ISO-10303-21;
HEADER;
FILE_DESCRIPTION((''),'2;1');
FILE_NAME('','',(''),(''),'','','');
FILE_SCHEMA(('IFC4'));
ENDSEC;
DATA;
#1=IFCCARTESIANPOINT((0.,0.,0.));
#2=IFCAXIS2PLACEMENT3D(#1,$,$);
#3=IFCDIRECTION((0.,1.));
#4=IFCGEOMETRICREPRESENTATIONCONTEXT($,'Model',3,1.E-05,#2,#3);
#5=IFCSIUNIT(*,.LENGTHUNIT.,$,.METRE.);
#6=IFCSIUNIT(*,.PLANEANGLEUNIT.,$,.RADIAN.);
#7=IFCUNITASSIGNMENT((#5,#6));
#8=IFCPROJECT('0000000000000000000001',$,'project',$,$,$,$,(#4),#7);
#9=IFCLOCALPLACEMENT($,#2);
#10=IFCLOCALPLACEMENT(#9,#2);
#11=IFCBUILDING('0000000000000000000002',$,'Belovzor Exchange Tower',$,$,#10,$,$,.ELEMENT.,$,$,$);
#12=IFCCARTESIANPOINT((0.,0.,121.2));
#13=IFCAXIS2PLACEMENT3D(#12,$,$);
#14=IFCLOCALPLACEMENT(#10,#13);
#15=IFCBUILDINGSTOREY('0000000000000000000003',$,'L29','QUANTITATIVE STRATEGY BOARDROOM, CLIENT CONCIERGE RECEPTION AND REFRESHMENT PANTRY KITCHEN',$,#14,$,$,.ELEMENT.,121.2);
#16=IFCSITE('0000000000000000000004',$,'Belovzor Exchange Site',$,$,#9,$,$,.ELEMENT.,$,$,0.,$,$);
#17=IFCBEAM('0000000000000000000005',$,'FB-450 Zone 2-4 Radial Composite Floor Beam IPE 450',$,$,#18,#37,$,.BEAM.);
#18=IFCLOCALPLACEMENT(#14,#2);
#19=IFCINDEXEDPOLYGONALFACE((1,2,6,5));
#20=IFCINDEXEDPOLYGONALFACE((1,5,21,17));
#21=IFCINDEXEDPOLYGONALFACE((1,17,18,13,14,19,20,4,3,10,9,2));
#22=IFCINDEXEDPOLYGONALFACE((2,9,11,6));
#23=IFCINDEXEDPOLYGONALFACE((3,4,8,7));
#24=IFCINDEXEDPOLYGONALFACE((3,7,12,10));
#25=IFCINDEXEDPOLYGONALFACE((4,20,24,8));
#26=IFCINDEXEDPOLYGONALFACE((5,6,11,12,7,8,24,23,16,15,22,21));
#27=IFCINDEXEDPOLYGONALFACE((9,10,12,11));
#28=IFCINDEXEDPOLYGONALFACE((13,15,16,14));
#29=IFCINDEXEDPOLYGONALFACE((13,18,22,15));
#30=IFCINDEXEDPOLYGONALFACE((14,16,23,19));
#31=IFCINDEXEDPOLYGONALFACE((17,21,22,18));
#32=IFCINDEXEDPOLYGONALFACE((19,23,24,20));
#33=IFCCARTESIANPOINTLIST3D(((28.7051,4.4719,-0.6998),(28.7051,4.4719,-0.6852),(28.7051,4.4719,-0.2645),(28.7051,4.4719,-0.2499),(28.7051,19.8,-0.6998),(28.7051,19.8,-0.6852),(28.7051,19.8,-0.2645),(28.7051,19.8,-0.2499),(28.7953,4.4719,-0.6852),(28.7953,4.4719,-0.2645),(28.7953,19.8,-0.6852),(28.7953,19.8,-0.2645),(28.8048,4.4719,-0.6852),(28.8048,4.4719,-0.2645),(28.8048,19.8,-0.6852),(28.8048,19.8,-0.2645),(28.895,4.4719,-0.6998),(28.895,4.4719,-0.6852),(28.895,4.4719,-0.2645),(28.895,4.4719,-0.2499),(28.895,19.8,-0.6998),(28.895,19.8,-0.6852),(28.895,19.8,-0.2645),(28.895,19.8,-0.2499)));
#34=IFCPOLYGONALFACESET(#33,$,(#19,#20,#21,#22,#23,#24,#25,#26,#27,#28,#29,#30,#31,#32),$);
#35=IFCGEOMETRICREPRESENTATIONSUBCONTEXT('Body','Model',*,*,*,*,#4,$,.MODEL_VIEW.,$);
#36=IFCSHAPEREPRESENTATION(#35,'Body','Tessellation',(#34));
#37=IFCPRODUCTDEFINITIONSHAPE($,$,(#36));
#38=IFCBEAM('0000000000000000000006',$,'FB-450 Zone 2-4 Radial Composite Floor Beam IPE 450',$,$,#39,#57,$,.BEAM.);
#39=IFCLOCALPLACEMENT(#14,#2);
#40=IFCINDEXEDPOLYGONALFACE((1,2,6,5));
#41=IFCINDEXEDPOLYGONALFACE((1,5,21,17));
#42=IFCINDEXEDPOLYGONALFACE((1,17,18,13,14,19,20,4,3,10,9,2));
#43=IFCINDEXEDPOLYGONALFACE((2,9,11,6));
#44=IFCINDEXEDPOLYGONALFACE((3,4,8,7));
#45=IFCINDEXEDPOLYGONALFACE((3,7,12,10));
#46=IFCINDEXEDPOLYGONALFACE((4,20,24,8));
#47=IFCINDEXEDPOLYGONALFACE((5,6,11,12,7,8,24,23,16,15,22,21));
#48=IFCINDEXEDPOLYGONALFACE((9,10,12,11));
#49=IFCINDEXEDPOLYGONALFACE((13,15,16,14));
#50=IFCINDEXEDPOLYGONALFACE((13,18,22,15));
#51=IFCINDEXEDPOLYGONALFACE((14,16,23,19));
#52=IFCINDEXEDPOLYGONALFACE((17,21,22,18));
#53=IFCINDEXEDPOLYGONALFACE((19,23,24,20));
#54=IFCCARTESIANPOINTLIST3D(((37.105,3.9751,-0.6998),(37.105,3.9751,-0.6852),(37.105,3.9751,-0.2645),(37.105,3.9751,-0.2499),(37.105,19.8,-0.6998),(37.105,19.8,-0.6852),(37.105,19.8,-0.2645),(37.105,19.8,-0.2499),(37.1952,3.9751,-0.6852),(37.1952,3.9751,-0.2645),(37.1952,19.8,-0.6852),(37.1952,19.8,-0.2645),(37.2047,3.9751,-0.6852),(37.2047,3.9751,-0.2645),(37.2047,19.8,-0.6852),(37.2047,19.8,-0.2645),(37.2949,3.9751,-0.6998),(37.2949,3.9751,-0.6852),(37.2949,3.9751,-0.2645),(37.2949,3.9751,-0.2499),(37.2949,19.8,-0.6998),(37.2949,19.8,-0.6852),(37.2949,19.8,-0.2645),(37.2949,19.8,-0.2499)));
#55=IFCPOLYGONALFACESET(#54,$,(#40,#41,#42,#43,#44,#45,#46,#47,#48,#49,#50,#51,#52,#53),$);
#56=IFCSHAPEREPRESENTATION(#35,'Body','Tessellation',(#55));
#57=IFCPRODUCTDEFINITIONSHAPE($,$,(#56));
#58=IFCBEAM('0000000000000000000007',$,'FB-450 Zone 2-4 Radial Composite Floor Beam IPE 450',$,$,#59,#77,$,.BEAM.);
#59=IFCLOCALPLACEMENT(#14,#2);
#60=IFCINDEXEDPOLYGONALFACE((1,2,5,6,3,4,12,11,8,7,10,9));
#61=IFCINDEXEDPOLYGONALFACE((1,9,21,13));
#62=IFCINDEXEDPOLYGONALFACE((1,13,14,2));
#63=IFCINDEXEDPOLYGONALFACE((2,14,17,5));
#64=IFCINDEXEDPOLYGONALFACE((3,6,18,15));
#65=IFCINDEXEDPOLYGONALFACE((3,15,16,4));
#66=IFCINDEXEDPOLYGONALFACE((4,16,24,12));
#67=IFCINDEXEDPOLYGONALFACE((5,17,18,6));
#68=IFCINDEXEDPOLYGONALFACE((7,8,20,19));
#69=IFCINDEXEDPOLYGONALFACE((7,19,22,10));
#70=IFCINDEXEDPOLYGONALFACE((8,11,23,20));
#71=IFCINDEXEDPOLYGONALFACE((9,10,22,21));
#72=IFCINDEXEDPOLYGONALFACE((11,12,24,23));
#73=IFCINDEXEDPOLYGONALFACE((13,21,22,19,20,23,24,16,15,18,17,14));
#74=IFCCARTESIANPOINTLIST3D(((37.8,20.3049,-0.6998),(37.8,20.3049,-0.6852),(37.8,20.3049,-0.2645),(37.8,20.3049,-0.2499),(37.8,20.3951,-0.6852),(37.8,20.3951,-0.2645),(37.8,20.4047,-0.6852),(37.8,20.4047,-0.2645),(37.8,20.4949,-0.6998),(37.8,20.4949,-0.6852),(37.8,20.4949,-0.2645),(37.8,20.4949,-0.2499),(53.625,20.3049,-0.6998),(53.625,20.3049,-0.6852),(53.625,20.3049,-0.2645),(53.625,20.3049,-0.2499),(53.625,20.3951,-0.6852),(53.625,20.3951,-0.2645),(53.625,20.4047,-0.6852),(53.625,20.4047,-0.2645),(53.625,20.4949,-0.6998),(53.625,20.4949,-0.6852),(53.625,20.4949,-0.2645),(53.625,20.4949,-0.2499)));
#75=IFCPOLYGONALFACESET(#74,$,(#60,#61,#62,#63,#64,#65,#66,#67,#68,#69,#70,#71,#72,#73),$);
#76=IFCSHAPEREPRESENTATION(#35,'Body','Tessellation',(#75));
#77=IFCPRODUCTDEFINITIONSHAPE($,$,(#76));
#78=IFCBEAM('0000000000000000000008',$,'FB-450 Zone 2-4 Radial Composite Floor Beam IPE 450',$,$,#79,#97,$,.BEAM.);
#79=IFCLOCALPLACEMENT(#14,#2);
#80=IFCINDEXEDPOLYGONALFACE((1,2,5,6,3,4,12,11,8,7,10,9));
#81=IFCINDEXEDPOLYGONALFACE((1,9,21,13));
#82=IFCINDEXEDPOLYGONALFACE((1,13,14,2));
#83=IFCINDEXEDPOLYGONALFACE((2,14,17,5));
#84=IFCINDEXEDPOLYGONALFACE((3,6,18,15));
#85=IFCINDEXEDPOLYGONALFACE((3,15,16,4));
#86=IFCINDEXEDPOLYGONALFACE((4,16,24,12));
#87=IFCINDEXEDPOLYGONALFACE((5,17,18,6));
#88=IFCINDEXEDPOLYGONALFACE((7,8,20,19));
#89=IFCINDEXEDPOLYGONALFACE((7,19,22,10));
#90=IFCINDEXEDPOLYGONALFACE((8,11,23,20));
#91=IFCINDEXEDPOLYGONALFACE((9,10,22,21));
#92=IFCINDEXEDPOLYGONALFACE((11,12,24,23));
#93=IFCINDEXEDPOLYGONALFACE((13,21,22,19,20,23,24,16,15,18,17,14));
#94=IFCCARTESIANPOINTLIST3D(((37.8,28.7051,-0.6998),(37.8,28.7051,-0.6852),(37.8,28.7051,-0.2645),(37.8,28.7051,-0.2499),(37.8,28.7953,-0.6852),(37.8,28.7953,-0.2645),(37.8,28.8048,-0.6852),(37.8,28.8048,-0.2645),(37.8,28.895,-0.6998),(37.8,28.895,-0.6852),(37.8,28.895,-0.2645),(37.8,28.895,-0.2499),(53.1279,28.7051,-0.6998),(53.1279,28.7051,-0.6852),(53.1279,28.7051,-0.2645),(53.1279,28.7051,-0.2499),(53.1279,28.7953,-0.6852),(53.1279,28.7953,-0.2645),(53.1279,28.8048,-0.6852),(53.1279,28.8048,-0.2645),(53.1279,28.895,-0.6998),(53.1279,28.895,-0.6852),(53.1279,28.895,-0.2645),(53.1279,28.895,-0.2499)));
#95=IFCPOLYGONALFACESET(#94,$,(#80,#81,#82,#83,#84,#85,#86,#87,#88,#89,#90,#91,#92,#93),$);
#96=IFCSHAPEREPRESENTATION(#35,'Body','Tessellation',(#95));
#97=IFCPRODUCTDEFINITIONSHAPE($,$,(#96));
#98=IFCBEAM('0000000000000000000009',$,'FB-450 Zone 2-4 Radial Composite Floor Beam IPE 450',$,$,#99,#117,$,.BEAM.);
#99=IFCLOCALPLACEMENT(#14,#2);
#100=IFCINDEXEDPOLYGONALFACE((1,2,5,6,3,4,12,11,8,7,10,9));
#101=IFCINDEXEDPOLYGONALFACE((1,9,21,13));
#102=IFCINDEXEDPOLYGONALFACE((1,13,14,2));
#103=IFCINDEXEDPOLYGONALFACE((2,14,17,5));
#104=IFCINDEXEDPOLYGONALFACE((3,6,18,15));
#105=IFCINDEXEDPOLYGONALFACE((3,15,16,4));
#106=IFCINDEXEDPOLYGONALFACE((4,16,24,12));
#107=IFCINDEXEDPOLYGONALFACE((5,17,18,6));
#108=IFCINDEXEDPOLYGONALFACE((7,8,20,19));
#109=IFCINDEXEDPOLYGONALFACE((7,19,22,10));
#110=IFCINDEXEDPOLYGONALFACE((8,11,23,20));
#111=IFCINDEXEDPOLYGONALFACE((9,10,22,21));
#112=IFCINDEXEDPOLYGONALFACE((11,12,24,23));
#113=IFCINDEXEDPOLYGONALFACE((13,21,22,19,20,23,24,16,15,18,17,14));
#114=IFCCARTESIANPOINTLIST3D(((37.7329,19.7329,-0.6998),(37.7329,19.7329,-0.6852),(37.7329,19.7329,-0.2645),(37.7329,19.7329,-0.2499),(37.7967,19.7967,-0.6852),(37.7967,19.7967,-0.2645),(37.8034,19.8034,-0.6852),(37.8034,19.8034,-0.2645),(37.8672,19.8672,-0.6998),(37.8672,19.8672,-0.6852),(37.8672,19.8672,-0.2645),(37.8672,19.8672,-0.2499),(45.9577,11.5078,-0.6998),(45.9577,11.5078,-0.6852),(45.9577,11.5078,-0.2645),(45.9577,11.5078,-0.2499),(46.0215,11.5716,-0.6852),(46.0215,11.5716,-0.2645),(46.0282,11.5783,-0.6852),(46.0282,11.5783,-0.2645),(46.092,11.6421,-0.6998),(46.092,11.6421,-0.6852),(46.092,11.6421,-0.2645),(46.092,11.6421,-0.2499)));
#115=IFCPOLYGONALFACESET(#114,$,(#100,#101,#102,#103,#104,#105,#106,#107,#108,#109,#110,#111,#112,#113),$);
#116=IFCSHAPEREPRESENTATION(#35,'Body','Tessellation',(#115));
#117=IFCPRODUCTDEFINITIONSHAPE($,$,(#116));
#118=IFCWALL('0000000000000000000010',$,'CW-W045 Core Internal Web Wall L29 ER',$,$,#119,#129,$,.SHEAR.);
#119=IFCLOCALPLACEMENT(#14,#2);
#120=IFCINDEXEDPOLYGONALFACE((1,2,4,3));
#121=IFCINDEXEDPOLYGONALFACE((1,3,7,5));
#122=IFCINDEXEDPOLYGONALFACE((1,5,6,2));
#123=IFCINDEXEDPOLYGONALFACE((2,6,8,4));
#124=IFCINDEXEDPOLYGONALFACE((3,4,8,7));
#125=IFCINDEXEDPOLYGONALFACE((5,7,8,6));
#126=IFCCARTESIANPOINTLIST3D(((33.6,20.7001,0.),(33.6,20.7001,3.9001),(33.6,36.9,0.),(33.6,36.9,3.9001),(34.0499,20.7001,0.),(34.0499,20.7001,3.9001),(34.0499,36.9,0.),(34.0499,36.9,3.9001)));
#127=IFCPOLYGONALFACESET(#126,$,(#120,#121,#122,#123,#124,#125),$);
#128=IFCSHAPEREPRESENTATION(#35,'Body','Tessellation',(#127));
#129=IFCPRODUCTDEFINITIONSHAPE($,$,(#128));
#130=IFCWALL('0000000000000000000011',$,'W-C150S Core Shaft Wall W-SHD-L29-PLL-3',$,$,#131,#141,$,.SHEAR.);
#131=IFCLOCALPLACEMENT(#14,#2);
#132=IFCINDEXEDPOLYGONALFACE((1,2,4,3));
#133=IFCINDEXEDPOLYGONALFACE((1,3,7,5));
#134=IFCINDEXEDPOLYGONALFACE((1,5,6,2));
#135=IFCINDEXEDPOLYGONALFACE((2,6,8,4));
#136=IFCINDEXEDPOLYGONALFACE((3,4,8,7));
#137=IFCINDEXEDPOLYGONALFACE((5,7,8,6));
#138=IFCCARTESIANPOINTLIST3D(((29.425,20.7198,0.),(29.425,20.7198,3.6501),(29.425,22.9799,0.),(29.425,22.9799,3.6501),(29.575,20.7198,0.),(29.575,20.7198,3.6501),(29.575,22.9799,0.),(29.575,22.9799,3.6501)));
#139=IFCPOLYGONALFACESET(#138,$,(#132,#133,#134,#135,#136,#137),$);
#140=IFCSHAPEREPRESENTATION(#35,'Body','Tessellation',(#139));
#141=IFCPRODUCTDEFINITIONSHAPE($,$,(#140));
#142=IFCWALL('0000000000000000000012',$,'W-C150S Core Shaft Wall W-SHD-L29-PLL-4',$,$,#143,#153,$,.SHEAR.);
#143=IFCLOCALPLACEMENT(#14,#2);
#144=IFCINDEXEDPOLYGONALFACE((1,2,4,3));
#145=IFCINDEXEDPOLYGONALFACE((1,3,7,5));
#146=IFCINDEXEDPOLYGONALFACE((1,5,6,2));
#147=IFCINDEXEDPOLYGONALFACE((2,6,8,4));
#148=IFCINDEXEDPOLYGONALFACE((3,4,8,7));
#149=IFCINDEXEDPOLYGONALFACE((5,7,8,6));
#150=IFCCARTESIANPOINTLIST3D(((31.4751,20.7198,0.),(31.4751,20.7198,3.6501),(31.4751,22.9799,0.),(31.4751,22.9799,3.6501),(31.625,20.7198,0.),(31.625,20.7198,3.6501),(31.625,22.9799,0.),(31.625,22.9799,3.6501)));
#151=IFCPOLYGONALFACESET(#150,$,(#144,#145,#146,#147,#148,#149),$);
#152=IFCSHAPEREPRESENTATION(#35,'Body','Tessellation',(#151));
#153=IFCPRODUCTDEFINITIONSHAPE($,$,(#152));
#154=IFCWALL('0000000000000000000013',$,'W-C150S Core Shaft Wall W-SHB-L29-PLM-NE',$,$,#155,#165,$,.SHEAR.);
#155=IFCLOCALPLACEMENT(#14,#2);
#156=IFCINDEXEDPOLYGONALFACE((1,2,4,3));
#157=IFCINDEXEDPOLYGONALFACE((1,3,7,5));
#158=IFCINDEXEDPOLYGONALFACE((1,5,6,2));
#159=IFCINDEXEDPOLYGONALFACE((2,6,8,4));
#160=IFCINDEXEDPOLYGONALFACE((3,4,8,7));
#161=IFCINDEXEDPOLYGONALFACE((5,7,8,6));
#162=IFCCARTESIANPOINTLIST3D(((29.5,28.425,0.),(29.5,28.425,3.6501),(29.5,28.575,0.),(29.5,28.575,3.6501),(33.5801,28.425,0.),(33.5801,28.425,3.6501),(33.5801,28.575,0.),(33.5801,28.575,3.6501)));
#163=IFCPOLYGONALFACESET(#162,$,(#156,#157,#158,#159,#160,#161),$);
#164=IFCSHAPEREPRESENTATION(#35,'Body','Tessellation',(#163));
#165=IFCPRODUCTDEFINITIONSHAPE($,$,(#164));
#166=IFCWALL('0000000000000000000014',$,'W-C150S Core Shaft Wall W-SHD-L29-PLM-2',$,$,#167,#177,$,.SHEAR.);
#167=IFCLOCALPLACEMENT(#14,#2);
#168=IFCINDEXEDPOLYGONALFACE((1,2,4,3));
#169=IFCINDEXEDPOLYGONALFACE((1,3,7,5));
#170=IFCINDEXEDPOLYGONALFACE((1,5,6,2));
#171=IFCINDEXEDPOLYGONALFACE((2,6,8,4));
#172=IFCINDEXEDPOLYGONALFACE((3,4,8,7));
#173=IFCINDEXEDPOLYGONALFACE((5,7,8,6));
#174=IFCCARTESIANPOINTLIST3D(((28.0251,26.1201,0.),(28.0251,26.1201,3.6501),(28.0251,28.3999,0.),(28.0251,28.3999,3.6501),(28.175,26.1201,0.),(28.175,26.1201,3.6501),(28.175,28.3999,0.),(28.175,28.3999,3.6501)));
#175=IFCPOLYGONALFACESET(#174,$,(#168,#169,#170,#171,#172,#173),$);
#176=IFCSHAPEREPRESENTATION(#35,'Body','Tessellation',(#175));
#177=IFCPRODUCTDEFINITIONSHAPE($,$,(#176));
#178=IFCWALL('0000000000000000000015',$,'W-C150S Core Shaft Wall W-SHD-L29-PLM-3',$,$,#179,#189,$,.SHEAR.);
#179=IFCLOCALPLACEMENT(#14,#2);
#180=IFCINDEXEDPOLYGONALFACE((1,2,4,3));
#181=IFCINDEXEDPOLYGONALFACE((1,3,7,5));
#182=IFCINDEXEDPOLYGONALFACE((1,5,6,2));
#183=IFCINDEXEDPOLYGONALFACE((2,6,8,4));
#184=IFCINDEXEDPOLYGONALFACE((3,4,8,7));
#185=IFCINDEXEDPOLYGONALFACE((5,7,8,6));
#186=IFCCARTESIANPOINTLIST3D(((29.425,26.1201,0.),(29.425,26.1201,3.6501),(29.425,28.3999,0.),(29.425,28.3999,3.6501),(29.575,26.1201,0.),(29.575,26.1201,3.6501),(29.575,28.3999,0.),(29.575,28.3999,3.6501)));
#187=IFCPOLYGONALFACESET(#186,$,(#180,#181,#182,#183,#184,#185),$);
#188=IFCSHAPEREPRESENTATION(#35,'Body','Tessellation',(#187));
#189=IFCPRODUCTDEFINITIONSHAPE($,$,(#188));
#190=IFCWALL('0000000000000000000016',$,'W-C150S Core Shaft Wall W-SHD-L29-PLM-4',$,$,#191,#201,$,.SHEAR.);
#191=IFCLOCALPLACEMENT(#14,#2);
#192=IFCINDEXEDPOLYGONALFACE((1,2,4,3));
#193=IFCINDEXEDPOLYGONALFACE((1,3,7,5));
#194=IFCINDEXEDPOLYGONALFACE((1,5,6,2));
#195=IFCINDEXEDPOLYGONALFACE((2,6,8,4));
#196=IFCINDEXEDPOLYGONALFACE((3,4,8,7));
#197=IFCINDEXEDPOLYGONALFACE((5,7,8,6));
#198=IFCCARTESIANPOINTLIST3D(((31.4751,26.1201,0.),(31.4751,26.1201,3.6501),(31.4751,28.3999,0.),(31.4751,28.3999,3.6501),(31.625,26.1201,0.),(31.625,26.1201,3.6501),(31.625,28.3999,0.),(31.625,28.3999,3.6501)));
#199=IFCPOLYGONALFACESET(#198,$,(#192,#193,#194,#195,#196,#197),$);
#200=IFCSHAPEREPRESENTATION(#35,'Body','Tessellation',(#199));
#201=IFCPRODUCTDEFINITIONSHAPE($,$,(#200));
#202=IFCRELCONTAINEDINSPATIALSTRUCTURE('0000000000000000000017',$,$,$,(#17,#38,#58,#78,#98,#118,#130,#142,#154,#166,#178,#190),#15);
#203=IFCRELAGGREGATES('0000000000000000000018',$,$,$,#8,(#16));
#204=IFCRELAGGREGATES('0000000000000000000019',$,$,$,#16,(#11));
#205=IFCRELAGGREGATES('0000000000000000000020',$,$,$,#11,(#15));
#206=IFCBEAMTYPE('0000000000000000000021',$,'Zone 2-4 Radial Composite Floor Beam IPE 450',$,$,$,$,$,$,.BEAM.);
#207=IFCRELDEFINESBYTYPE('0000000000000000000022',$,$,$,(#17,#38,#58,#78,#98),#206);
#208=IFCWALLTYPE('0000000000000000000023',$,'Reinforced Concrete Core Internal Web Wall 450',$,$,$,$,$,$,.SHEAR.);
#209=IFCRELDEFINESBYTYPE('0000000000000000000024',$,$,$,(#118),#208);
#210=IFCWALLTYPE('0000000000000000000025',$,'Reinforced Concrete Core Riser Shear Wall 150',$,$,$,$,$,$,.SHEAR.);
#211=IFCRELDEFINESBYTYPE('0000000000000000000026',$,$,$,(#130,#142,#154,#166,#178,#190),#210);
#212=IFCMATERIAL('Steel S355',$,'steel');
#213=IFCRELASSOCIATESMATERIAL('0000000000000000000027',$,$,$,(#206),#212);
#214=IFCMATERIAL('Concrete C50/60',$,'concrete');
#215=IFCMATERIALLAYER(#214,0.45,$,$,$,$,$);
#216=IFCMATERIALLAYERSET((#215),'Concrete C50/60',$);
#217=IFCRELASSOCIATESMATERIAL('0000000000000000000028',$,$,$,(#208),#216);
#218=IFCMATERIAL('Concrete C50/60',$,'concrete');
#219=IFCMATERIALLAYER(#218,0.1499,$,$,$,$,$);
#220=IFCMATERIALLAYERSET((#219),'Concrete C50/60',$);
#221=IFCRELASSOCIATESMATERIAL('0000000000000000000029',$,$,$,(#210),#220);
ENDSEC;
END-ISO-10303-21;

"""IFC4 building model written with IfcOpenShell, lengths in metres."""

from ifc_helpers import new_model, si_unit, direction, frame, frame_2d, origin, origin_2d, place, context, subcontext, project, spatial, rectangle, i_section, extrude, material, layer, layer_set, material_profile, profile_set, type_object, element, save


model = new_model("IFC4")

# Units and contexts
model_context = context("Model", 3, precision=1e-05, world=origin(), true_north=direction((0.0, 1.0)))
body_context = subcontext(model_context, "Body", "Model", "MODEL_VIEW")
ifc_project = project(units=[si_unit("LENGTHUNIT", "METRE"), si_unit("PLANEANGLEUNIT", "RADIAN")], contexts=[model_context])

# Site, building, storey
site_placement = place(None, origin())
site = spatial("IfcSite", under=ifc_project, at=site_placement, Name="Belovzor Exchange Site", CompositionType="ELEMENT", RefElevation=0.0)
building_placement = place(site_placement, origin())
building = spatial("IfcBuilding", under=site, at=building_placement, Name="Belovzor Exchange Tower", CompositionType="ELEMENT")
storey_placement = place(building_placement, frame((0.0, 0.0, 121.2)))
storey = spatial("IfcBuildingStorey", under=building, at=storey_placement, Name="L29", Description="QUANTITATIVE STRATEGY BOARDROOM, CLIENT CONCIERGE RECEPTION AND REFRESHMENT PANTRY KITCHEN", CompositionType="ELEMENT", Elevation=121.2)

# Beams
ifc_material_1 = material(Name="Steel S355", Category="steel")
ifc_material_profile = material_profile(ifc_material_1, i_section(OverallWidth=0.1899, OverallDepth=0.45, WebThickness=0.0095, FlangeThickness=0.0146, at=origin_2d()))
ifc_profile_set = profile_set([ifc_material_profile], Name="Steel S355")
beam_type = type_object("IfcBeamType", Name="Zone 2-4 Radial Composite Floor Beam IPE 450", PredefinedType="BEAM", material=ifc_profile_set)
beam_1_placement = place(storey_placement, frame((28.8, 19.8, -0.4749), z_axis=(0.0, -1.0, 0.0), x_axis=(1.0, 0.0, 0.0)))
element("IfcBeam", 1, at=beam_1_placement, inside=storey, type_object=beam_type, Name="FB-450 Zone 2-4 Radial Composite Floor Beam IPE 450", PredefinedType="BEAM", context=body_context, shape_type="SweptSolid", body=[
    extrude(i_section(OverallWidth=0.1899, OverallDepth=0.45, WebThickness=0.0095, FlangeThickness=0.0146, at=origin_2d()), origin(), (0.0, 0.0, 1.0), 15.3281),
])
for number, where, z_axis, x_axis, name in (
    (2, (37.2, 19.8, -0.4749), (0.0, -1.0, 0.0), (1.0, 0.0, 0.0), "FB-450 Zone 2-4 Radial Composite Floor Beam IPE 450"),
    (3, (37.8, 20.3999, -0.4749), (1.0, 0.0, 0.0), (0.0, 1.0, 0.0), "FB-450 Zone 2-4 Radial Composite Floor Beam IPE 450"),
):
    element("IfcBeam", number, at=place(storey_placement, frame(where, z_axis=z_axis, x_axis=x_axis)), inside=storey, type_object=beam_type, Name=name, PredefinedType="BEAM", context=body_context, shape_type="SweptSolid", body=[
        extrude(i_section(OverallWidth=0.1899, OverallDepth=0.45, WebThickness=0.0095, FlangeThickness=0.0146, at=origin_2d()), origin(), (0.0, 0.0, 1.0), 15.825),
    ])
beam_2_placement = place(storey_placement, frame((37.8, 28.8, -0.4749), z_axis=(1.0, 0.0, 0.0), x_axis=(0.0, 1.0, 0.0)))
element("IfcBeam", 4, at=beam_2_placement, inside=storey, type_object=beam_type, Name="FB-450 Zone 2-4 Radial Composite Floor Beam IPE 450", PredefinedType="BEAM", context=body_context, shape_type="SweptSolid", body=[
    extrude(i_section(OverallWidth=0.1899, OverallDepth=0.45, WebThickness=0.0095, FlangeThickness=0.0146, at=origin_2d()), origin(), (0.0, 0.0, 1.0), 15.3279),
])
beam_3_placement = place(storey_placement, frame((37.8, 19.8, -0.4749), z_axis=(0.707096, -0.707117, 0.0), x_axis=(0.707117, 0.707096, 0.0)))
element("IfcBeam", 5, at=beam_3_placement, inside=storey, type_object=beam_type, Name="FB-450 Zone 2-4 Radial Composite Floor Beam IPE 450", PredefinedType="BEAM", context=body_context, shape_type="SweptSolid", body=[
    extrude(i_section(OverallWidth=0.1899, OverallDepth=0.45, WebThickness=0.0095, FlangeThickness=0.0146, at=origin_2d()), origin(), (0.0, 0.0, 1.0), 11.6318),
])

# Walls
ifc_material_2 = material(Name="Concrete C50/60", Category="concrete")
ifc_layer_1 = layer(ifc_material_2, 0.45)
ifc_layer_set_1 = layer_set([ifc_layer_1], Name="Concrete C50/60")
wall_type_1 = type_object("IfcWallType", Name="Reinforced Concrete Core Internal Web Wall 450", PredefinedType="SHEAR", material=ifc_layer_set_1)
wall_1_placement = place(storey_placement, frame((33.825, 20.7, 0.0), z_axis=(0.0, 0.0, 1.0), x_axis=(0.0, 1.0, 0.0)))
element("IfcWall", 6, at=wall_1_placement, inside=storey, type_object=wall_type_1, Name="CW-W045 Core Internal Web Wall L29 ER", PredefinedType="SHEAR", context=body_context, shape_type="SweptSolid", body=[
    extrude(rectangle(XDim=16.2, YDim=0.45, at=frame_2d((8.1001, 0.0))), origin(), (0.0, 0.0, 1.0), 3.9001),
])
ifc_material_3 = material(Name="Concrete C50/60", Category="concrete")
ifc_layer_2 = layer(ifc_material_3, 0.1499)
ifc_layer_set_2 = layer_set([ifc_layer_2], Name="Concrete C50/60")
wall_type_2 = type_object("IfcWallType", Name="Reinforced Concrete Core Riser Shear Wall 150", PredefinedType="SHEAR", material=ifc_layer_set_2)
for number, where, z_axis, x_axis, name in (
    (7, (29.5, 20.72, 0.0), (0.0, 0.0, 1.0), (0.0, 1.0, 0.0), "W-C150S Core Shaft Wall W-SHD-L29-PLL-3"),
    (8, (31.55, 20.72, 0.0), (0.0, 0.0, 1.0), (0.0, 1.0, 0.0), "W-C150S Core Shaft Wall W-SHD-L29-PLL-4"),
):
    element("IfcWall", number, at=place(storey_placement, frame(where, z_axis=z_axis, x_axis=x_axis)), inside=storey, type_object=wall_type_2, Name=name, PredefinedType="SHEAR", context=body_context, shape_type="SweptSolid", body=[
        extrude(rectangle(XDim=2.26, YDim=0.1499, at=frame_2d((1.1299, 0.0))), origin(), (0.0, 0.0, 1.0), 3.6501),
    ])
wall_2_placement = place(storey_placement, frame((29.5, 28.5, 0.0), z_axis=(0.0, 0.0, 1.0), x_axis=(1.0, 0.0, 0.0)))
element("IfcWall", 9, at=wall_2_placement, inside=storey, type_object=wall_type_2, Name="W-C150S Core Shaft Wall W-SHB-L29-PLM-NE", PredefinedType="SHEAR", context=body_context, shape_type="SweptSolid", body=[
    extrude(rectangle(XDim=4.0801, YDim=0.1499, at=frame_2d((2.04, 0.0))), origin(), (0.0, 0.0, 1.0), 3.6501),
])
for number, where, z_axis, x_axis, name in (
    (10, (28.1001, 26.1201, 0.0), (0.0, 0.0, 1.0), (0.0, 1.0, 0.0), "W-C150S Core Shaft Wall W-SHD-L29-PLM-2"),
    (11, (29.5, 26.1201, 0.0), (0.0, 0.0, 1.0), (0.0, 1.0, 0.0), "W-C150S Core Shaft Wall W-SHD-L29-PLM-3"),
    (12, (31.55, 26.1201, 0.0), (0.0, 0.0, 1.0), (0.0, 1.0, 0.0), "W-C150S Core Shaft Wall W-SHD-L29-PLM-4"),
):
    element("IfcWall", number, at=place(storey_placement, frame(where, z_axis=z_axis, x_axis=x_axis)), inside=storey, type_object=wall_type_2, Name=name, PredefinedType="SHEAR", context=body_context, shape_type="SweptSolid", body=[
        extrude(rectangle(XDim=2.2798, YDim=0.1499, at=frame_2d((1.1399, 0.0))), origin(), (0.0, 0.0, 1.0), 3.6501),
    ])

save(model, "model.ifc")
